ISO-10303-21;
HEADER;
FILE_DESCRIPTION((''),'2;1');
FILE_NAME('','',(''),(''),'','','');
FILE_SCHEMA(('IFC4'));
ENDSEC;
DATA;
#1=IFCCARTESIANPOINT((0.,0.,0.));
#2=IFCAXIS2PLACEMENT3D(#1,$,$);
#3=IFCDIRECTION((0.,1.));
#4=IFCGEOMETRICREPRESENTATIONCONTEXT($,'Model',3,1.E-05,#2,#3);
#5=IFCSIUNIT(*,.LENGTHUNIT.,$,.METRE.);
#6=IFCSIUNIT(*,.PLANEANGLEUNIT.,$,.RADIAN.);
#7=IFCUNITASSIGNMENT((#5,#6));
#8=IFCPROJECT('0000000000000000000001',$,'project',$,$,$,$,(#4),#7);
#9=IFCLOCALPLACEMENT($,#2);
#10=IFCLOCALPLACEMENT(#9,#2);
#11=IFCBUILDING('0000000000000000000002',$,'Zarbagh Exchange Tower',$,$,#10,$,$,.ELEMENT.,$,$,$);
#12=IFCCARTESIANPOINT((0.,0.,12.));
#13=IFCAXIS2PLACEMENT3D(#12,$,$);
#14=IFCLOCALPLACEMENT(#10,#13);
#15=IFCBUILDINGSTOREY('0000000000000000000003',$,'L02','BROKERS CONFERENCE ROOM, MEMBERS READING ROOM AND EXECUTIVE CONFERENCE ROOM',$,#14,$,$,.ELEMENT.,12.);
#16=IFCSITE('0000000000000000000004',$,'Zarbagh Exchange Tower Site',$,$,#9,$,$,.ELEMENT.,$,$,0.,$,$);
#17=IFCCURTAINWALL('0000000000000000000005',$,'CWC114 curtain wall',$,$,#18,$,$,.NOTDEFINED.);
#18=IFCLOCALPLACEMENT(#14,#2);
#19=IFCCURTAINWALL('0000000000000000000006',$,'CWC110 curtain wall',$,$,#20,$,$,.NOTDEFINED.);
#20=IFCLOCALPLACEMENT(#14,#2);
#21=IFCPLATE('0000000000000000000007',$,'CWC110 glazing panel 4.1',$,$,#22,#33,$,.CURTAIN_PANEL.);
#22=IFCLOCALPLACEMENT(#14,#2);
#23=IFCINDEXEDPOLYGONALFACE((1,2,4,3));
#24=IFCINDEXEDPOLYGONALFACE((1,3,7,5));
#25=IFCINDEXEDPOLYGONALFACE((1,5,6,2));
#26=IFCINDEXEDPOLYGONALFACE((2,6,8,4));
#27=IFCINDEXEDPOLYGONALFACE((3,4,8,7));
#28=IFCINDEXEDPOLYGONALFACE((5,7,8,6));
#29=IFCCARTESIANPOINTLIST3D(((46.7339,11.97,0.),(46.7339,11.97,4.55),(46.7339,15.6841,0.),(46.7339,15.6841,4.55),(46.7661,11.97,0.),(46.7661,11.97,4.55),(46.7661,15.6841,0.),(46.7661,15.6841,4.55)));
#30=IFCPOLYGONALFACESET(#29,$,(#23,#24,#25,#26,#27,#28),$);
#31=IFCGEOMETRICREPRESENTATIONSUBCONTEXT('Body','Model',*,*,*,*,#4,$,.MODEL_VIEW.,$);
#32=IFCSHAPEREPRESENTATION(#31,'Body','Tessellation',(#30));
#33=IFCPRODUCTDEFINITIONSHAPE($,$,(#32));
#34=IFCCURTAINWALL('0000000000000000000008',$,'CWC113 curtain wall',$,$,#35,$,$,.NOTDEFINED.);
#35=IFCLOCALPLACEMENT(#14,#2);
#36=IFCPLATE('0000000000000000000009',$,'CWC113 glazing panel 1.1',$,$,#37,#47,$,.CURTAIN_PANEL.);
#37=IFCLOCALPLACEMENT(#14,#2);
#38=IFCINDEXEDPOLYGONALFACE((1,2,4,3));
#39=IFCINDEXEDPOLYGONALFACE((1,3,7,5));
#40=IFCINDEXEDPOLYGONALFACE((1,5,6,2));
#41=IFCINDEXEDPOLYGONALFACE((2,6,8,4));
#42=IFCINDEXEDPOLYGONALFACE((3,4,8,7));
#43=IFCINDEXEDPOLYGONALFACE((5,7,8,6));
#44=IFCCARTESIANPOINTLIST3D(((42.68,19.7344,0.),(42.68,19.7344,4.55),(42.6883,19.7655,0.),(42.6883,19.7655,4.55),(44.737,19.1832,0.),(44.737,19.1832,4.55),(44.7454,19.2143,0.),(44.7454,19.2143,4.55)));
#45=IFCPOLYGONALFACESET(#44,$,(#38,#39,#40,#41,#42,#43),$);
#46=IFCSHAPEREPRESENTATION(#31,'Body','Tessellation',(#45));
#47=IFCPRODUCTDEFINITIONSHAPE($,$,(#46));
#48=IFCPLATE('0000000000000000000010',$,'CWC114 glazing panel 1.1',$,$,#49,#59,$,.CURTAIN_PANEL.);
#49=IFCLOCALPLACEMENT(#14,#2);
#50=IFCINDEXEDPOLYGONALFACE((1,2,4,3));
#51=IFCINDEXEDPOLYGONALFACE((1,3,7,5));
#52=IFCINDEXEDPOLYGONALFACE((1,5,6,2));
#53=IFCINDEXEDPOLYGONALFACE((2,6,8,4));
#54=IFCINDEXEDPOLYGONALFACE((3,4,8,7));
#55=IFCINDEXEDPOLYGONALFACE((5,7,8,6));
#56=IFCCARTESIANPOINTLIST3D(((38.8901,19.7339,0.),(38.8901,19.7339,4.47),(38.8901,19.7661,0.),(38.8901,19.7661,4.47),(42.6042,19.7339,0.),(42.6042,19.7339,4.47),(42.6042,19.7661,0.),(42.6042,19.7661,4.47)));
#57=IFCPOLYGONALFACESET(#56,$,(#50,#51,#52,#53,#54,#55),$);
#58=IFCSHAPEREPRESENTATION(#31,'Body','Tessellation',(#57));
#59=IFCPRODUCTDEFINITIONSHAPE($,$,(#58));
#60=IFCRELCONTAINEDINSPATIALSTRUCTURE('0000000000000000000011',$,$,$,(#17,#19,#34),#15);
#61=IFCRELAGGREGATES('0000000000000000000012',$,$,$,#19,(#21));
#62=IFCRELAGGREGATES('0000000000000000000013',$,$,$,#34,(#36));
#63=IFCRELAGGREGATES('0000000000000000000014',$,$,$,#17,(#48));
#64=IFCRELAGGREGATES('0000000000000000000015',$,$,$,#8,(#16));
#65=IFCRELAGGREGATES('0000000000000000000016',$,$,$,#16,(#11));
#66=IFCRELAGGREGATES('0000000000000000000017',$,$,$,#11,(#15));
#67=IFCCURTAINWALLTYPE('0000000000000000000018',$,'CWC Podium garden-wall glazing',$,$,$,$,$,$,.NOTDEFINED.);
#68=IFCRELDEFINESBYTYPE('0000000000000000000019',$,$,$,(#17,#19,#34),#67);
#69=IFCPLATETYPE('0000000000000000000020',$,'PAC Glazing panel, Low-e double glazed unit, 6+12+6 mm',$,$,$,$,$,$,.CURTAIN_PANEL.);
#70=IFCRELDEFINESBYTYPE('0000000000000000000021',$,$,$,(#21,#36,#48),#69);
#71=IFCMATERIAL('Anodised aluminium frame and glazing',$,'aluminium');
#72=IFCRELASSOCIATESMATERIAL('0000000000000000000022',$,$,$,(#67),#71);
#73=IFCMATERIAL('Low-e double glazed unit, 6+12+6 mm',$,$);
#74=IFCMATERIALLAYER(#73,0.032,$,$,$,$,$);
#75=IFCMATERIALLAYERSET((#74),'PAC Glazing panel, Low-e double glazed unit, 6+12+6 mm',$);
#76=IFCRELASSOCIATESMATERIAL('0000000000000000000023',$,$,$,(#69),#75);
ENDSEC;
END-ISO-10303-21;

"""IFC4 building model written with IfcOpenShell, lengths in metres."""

from ifc_helpers import new_model, si_unit, direction, frame, origin, place, context, subcontext, project, spatial, polyline, outline, extrude, source, transform, mapped, material, layer, layer_set, type_object, element, aggregate, save


model = new_model("IFC4")

# Units and contexts
model_context = context("Model", 3, precision=1e-05, world=origin(), true_north=direction((0.0, 1.0)))
body_context = subcontext(model_context, "Body", "Model", "MODEL_VIEW")
ifc_project = project(units=[si_unit("LENGTHUNIT", "METRE"), si_unit("PLANEANGLEUNIT", "RADIAN")], contexts=[model_context])

# Site, building, storey
site_placement = place(None, origin())
site = spatial("IfcSite", under=ifc_project, at=site_placement, Name="Zarbagh Exchange Tower Site", CompositionType="ELEMENT", RefElevation=0.0)
building_placement = place(site_placement, origin())
building = spatial("IfcBuilding", under=site, at=building_placement, Name="Zarbagh Exchange Tower", CompositionType="ELEMENT")
storey_placement = place(building_placement, frame((0.0, 0.0, 12.0)))
storey = spatial("IfcBuildingStorey", under=building, at=storey_placement, Name="L02", Description="BROKERS CONFERENCE ROOM, MEMBERS READING ROOM AND EXECUTIVE CONFERENCE ROOM", CompositionType="ELEMENT", Elevation=12.0)

# Curtain wall
ifc_material_1 = material(Name="Anodised aluminium frame and glazing", Category="aluminium")
curtain_wall_type = type_object("IfcCurtainWallType", Name="CWC Podium garden-wall glazing", PredefinedType="NOTDEFINED", material=ifc_material_1)
curtain_wall_1_placement = place(storey_placement, origin())
curtain_wall_1 = element("IfcCurtainWall", 1, at=curtain_wall_1_placement, inside=storey, type_object=curtain_wall_type, Name="CWC114 curtain wall", PredefinedType="NOTDEFINED")
placement = place(storey_placement, origin())

# Shared definitions
ifc_material_2 = material(Name="Low-e double glazed unit, 6+12+6 mm")
ifc_layer = layer(ifc_material_2, 0.032)
ifc_layer_set = layer_set([ifc_layer], Name="PAC Glazing panel, Low-e double glazed unit, 6+12+6 mm")
plate_type = type_object("IfcPlateType", Name="PAC Glazing panel, Low-e double glazed unit, 6+12+6 mm", PredefinedType="CURTAIN_PANEL", material=ifc_layer_set)

# Curtain walls, plates
curtain_wall_2_placement = place(storey_placement, origin())
curtain_wall_2 = element("IfcCurtainWall", 2, at=curtain_wall_2_placement, inside=storey, type_object=curtain_wall_type, Name="CWC110 curtain wall", PredefinedType="NOTDEFINED")
shared_shape_1 = source(origin(), body_context, "Body", "SweptSolid", [
    extrude(outline(polyline([(0.0, -0.0161), (3.7141, -0.0161), (3.7141, 0.0161), (0.0, 0.0161), (0.0, -0.0161)])), origin(), (0.0, 0.0, 1.0), 4.55),
])
plate_1 = element("IfcPlate", 3, at=placement, type_object=plate_type, Name="CWC110 glazing panel 4.1", PredefinedType="CURTAIN_PANEL", context=body_context, shape_type="MappedRepresentation", body=[
    mapped(shared_shape_1, transform((46.75, 11.97, 0.0), x_axis=(0.0, 1.0, 0.0), y_axis=(-1.0, 0.0, 0.0), z_axis=(0.0, 0.0, 1.0))),
])
aggregate(curtain_wall_2, [plate_1])
curtain_wall_3_placement = place(storey_placement, origin())
curtain_wall_3 = element("IfcCurtainWall", 4, at=curtain_wall_3_placement, inside=storey, type_object=curtain_wall_type, Name="CWC113 curtain wall", PredefinedType="NOTDEFINED")
shared_shape_2 = source(origin(), body_context, "Body", "SweptSolid", [
    extrude(outline(polyline([(0.0, -0.0161), (2.1296, -0.0161), (2.1296, 0.0161), (0.0, 0.0161), (0.0, -0.0161)])), origin(), (0.0, 0.0, 1.0), 4.55),
])
plate_2 = element("IfcPlate", 5, at=placement, type_object=plate_type, Name="CWC113 glazing panel 1.1", PredefinedType="CURTAIN_PANEL", context=body_context, shape_type="MappedRepresentation", body=[
    mapped(shared_shape_2, transform((44.7412, 19.1987, 0.0), x_axis=(-0.965924, 0.258825, 0.0), y_axis=(-0.258825, -0.965924, 0.0), z_axis=(0.0, 0.0, 1.0))),
])
aggregate(curtain_wall_3, [plate_2])

# Plate
shared_shape_3 = source(origin(), body_context, "Body", "SweptSolid", [
    extrude(outline(polyline([(0.0, -0.0161), (3.7141, -0.0161), (3.7141, 0.0161), (0.0, 0.0161), (0.0, -0.0161)])), origin(), (0.0, 0.0, 1.0), 4.47),
])
plate_3 = element("IfcPlate", 6, at=placement, type_object=plate_type, Name="CWC114 glazing panel 1.1", PredefinedType="CURTAIN_PANEL", context=body_context, shape_type="MappedRepresentation", body=[
    mapped(shared_shape_3, transform((42.6042, 19.75, 0.0), x_axis=(-1.0, 0.0, 0.0), y_axis=(0.0, -1.0, 0.0), z_axis=(0.0, 0.0, 1.0))),
])
aggregate(curtain_wall_1, [plate_3])

save(model, "model.ifc")
